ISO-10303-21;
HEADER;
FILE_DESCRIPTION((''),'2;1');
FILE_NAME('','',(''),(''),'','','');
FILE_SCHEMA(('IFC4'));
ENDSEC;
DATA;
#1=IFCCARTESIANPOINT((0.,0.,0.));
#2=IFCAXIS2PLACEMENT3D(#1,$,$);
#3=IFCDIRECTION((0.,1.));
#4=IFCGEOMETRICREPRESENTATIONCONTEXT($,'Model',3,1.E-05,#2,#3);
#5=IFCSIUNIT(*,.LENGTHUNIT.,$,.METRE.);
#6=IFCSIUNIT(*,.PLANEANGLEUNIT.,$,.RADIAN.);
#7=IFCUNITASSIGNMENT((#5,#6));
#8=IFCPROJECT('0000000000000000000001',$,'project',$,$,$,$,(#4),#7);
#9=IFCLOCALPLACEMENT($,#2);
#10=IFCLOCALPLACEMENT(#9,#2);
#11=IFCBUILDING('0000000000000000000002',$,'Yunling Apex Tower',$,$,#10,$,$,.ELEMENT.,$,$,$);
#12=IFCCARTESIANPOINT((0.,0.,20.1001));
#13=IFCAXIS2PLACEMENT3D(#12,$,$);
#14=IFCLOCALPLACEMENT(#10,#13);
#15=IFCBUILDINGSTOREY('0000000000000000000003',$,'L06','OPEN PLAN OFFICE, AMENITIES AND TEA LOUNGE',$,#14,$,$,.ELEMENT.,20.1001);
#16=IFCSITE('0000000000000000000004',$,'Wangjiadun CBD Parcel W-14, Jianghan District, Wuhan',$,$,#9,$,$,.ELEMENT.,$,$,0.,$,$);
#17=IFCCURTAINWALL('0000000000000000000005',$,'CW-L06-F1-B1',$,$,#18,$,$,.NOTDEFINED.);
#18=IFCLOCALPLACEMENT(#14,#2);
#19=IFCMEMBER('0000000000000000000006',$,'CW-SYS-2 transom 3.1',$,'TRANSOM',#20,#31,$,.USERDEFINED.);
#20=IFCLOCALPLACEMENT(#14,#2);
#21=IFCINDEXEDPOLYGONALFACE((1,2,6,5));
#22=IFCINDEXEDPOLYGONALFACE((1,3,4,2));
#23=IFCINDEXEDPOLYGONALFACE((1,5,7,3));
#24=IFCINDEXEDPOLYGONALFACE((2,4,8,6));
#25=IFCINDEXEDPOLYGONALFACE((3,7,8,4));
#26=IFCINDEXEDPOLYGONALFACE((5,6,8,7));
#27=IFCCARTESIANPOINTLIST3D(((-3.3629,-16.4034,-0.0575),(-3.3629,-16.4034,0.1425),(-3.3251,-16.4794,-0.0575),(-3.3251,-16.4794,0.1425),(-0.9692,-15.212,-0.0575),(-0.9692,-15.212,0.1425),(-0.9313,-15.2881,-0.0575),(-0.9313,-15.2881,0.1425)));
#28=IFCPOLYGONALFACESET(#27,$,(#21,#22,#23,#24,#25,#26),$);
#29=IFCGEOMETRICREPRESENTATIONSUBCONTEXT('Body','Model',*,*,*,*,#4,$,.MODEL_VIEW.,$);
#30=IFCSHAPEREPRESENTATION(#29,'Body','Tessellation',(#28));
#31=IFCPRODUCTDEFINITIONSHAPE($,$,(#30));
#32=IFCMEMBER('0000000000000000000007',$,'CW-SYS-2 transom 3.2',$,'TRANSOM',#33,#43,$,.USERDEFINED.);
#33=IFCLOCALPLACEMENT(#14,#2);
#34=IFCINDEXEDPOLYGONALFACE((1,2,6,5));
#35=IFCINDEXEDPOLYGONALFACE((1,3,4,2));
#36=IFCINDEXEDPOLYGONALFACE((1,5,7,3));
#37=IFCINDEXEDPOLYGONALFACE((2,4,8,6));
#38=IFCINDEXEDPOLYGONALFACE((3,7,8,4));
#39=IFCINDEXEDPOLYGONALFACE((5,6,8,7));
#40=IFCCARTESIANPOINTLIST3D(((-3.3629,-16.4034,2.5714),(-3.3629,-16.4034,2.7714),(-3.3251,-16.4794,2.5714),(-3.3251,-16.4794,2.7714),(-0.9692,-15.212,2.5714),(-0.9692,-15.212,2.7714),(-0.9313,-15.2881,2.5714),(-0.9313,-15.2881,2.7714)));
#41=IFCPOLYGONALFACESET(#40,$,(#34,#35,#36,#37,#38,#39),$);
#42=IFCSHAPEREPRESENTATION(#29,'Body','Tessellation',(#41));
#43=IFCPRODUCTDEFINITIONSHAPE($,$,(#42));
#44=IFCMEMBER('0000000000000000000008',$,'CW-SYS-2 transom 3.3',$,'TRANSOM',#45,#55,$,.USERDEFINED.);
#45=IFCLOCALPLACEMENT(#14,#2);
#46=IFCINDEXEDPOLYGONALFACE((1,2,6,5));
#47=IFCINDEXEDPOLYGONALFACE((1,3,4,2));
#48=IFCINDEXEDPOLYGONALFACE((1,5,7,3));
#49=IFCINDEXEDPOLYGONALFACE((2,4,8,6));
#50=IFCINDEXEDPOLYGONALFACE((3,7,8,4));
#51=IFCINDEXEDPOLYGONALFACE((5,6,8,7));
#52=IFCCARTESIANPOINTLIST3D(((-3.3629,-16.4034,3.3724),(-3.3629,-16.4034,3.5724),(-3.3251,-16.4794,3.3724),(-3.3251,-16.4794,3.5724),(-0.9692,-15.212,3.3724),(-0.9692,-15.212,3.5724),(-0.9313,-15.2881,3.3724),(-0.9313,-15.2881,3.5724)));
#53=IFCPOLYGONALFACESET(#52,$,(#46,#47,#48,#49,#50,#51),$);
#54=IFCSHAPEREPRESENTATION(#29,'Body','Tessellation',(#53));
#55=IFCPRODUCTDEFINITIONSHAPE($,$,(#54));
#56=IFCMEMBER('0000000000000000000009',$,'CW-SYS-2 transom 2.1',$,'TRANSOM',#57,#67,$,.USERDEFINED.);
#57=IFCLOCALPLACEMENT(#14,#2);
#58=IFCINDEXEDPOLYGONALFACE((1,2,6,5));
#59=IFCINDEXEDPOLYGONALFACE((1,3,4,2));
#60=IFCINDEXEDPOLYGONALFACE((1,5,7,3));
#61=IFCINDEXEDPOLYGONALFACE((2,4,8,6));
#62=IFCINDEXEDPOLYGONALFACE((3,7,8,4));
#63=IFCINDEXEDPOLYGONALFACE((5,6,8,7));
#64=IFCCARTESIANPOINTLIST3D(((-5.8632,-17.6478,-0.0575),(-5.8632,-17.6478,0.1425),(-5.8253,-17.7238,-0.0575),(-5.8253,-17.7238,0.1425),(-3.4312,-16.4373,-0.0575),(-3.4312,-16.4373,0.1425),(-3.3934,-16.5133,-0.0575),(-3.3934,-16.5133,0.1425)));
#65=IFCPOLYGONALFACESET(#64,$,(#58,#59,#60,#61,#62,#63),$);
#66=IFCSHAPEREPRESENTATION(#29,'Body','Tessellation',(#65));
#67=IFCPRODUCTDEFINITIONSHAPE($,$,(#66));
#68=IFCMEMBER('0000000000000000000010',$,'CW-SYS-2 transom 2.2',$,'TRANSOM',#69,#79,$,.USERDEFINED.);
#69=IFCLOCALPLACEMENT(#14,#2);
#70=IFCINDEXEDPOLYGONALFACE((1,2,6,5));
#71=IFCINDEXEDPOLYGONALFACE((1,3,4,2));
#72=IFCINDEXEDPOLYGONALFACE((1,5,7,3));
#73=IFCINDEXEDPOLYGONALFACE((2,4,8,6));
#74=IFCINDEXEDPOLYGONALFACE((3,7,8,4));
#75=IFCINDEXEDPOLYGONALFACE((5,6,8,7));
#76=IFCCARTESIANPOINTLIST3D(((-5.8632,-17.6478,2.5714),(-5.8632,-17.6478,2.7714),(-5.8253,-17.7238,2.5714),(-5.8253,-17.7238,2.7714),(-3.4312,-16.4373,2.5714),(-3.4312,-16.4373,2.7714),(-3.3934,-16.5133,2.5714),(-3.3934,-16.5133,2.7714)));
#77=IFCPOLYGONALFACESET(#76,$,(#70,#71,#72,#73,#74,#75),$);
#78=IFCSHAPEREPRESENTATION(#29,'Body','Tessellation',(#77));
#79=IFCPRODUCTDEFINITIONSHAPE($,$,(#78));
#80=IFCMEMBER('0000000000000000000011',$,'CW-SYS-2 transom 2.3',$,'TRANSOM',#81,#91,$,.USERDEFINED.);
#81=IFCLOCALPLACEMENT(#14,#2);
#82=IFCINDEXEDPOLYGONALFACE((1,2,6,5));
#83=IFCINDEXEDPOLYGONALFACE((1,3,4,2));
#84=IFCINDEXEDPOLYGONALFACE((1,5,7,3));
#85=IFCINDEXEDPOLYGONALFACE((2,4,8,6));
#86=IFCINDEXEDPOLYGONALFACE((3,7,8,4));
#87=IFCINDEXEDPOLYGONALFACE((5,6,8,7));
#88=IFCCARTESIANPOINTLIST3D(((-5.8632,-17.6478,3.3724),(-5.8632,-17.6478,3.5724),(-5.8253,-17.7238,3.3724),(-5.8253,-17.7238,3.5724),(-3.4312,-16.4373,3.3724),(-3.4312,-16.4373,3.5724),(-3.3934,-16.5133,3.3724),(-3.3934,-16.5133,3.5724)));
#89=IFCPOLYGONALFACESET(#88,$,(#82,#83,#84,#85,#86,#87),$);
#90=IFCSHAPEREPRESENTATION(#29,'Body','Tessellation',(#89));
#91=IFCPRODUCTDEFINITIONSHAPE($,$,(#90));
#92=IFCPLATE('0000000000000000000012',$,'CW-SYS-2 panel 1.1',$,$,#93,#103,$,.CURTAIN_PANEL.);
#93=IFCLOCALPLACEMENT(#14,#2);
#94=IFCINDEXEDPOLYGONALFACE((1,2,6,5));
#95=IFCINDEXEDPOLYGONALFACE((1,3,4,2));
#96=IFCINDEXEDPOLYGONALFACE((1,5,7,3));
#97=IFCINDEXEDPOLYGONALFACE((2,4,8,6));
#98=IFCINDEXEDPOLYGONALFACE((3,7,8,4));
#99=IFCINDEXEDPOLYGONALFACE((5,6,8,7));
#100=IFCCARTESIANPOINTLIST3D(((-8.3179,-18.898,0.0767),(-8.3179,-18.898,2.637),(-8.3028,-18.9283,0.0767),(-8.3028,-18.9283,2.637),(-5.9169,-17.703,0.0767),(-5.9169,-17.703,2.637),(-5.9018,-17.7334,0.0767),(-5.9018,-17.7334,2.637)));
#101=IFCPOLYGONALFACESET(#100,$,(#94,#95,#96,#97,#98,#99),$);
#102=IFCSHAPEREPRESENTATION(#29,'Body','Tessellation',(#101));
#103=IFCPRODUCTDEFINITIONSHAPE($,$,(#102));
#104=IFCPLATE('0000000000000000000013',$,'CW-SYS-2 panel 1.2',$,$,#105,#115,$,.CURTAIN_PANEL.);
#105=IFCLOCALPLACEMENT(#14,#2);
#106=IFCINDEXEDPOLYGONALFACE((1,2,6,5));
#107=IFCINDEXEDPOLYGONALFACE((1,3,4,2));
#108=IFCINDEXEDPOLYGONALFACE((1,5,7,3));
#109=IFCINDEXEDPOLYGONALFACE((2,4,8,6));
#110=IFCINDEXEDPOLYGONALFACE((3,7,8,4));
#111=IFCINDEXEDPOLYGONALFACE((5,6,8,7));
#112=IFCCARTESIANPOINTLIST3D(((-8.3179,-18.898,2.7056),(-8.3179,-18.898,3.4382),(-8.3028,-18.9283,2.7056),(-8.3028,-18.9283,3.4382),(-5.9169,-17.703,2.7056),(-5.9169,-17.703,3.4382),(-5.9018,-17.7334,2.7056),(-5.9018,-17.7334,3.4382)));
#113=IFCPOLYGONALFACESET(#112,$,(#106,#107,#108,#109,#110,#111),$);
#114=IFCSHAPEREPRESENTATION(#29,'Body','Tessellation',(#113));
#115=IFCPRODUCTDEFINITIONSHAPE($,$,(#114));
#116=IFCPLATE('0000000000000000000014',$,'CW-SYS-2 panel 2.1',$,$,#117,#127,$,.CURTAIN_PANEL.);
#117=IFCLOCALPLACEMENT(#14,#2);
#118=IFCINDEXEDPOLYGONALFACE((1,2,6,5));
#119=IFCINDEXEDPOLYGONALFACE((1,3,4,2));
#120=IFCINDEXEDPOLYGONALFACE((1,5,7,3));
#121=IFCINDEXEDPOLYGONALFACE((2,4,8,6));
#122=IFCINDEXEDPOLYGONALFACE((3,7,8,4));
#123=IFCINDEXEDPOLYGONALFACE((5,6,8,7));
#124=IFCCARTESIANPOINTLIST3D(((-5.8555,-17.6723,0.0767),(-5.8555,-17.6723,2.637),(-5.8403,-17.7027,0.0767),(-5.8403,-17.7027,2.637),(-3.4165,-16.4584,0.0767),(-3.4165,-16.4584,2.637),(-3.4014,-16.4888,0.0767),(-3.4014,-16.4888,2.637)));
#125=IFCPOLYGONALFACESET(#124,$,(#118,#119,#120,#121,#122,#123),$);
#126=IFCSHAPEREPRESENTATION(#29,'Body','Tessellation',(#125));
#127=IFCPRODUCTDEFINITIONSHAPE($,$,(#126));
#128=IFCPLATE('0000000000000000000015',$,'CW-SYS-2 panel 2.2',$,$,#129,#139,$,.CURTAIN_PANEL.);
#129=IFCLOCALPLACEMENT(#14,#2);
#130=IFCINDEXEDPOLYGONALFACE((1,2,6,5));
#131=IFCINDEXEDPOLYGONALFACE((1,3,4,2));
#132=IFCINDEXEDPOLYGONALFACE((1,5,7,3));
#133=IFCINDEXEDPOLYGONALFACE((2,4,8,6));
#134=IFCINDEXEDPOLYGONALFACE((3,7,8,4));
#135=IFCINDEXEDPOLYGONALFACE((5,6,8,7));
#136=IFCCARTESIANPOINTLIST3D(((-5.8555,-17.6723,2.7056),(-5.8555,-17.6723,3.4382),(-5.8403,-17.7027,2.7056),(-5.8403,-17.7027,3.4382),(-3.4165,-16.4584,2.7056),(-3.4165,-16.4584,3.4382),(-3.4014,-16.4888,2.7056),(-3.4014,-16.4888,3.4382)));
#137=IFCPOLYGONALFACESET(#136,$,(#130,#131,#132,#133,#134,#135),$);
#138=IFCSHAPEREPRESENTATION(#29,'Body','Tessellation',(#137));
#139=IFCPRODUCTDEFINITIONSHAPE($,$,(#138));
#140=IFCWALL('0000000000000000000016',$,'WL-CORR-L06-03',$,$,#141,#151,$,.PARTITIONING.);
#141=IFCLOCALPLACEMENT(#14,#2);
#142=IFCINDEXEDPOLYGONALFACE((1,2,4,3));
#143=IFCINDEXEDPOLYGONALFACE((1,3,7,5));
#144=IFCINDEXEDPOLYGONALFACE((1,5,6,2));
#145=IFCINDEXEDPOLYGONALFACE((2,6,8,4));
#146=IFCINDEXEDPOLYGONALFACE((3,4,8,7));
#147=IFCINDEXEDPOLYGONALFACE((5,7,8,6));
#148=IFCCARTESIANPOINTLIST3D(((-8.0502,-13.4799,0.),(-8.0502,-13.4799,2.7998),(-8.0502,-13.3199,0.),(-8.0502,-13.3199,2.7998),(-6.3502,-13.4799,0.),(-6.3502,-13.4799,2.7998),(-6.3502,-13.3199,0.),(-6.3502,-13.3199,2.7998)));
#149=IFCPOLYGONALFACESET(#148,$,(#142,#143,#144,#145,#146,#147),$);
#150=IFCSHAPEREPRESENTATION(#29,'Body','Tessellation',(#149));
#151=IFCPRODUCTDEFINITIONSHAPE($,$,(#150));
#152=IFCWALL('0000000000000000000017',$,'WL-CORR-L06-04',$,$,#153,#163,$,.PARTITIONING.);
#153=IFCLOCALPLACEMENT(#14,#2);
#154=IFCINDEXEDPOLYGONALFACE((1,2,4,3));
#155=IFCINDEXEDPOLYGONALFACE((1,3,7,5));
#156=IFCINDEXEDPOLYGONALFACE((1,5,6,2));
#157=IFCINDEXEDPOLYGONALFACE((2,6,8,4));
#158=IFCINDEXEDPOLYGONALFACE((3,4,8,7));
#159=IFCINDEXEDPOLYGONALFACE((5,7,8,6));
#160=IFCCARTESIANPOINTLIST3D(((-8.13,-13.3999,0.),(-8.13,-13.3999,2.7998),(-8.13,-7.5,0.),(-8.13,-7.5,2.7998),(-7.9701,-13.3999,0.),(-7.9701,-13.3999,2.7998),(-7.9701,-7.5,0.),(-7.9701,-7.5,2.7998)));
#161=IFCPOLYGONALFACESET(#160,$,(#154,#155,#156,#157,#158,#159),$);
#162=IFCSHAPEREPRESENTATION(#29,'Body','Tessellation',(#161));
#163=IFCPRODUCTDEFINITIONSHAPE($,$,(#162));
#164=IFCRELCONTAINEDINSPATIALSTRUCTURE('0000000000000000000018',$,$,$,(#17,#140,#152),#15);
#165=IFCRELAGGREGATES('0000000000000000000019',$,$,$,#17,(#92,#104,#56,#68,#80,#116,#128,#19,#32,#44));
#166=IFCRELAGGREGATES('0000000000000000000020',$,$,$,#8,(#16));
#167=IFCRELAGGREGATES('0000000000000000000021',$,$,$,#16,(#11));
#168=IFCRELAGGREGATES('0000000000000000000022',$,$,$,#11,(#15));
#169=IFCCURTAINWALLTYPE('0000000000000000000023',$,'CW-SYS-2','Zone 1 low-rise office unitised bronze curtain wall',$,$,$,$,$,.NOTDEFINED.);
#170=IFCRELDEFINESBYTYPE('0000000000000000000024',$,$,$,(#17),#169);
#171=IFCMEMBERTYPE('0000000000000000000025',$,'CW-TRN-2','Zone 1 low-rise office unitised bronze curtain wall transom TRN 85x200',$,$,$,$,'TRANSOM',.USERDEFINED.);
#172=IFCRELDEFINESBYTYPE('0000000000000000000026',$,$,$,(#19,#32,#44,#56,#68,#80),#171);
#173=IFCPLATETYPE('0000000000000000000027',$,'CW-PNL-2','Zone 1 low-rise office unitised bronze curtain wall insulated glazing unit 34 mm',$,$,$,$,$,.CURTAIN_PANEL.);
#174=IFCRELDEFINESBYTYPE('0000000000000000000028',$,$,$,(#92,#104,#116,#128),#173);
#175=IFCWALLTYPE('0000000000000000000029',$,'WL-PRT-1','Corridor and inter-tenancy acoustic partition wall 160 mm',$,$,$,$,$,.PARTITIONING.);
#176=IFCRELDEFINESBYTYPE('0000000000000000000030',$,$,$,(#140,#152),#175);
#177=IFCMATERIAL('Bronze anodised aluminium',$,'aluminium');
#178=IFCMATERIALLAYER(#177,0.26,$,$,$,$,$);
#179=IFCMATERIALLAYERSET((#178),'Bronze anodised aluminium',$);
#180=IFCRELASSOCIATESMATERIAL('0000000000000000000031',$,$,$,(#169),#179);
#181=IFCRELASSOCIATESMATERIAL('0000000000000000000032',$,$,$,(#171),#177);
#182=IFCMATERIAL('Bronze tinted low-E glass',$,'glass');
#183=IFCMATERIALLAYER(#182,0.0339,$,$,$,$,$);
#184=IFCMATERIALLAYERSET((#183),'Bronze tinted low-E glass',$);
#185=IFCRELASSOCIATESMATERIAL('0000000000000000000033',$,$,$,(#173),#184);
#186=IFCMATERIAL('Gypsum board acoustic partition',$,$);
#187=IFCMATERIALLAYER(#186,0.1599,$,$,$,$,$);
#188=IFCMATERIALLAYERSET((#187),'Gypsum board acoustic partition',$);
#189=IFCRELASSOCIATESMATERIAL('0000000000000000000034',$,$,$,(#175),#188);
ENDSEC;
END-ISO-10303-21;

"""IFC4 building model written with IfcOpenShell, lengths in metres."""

from ifc_helpers import new_model, si_unit, direction, frame, frame_2d, origin, origin_2d, place, context, subcontext, project, spatial, rectangle, extrude, source, transform, mapped, material, layer, layer_set, material_profile, profile_set, type_object, element, aggregate, save


model = new_model("IFC4")

# Units and contexts
model_context = context("Model", 3, precision=1e-05, world=origin(), true_north=direction((0.0, 1.0)))
body_context = subcontext(model_context, "Body", "Model", "MODEL_VIEW")
ifc_project = project(units=[si_unit("LENGTHUNIT", "METRE"), si_unit("PLANEANGLEUNIT", "RADIAN")], contexts=[model_context])

# Site, building, storey
site_placement = place(None, origin())
site = spatial("IfcSite", under=ifc_project, at=site_placement, Name="Wangjiadun CBD Parcel W-14, Jianghan District, Wuhan", CompositionType="ELEMENT", RefElevation=0.0)
building_placement = place(site_placement, origin())
building = spatial("IfcBuilding", under=site, at=building_placement, Name="Yunling Apex Tower", CompositionType="ELEMENT")
storey_placement = place(building_placement, frame((0.0, 0.0, 20.1001)))
storey = spatial("IfcBuildingStorey", under=building, at=storey_placement, Name="L06", Description="OPEN PLAN OFFICE, AMENITIES AND TEA LOUNGE", CompositionType="ELEMENT", Elevation=20.1001)

# Curtain wall, members, plates
ifc_material_1 = material(Name="Bronze anodised aluminium", Category="aluminium")
ifc_layer_1 = layer(ifc_material_1, 0.26)
ifc_layer_set_1 = layer_set([ifc_layer_1], Name="Bronze anodised aluminium")
curtain_wall_type = type_object("IfcCurtainWallType", Name="CW-SYS-2", Description="Zone 1 low-rise office unitised bronze curtain wall", PredefinedType="NOTDEFINED", material=ifc_layer_set_1)
curtain_wall_placement = place(storey_placement, origin())
curtain_wall = element("IfcCurtainWall", 1, at=curtain_wall_placement, inside=storey, type_object=curtain_wall_type, Name="CW-L06-F1-B1", PredefinedType="NOTDEFINED")
ifc_material_profile_1 = material_profile(ifc_material_1, rectangle(XDim=0.085, YDim=0.2, at=origin_2d()))
ifc_profile_set_1 = profile_set([ifc_material_profile_1], Name="Bronze anodised aluminium")
member_type_1 = type_object("IfcMemberType", Name="CW-TRN-2", Description="Zone 1 low-rise office unitised bronze curtain wall transom TRN 85x200", ElementType="TRANSOM", PredefinedType="USERDEFINED", material=ifc_profile_set_1)
shared_shape_1 = source(origin(), body_context, "Body", "SweptSolid", [
    extrude(rectangle(XDim=0.085, YDim=0.2, at=origin_2d()), origin(), (0.0, 0.0, 1.0), 2.6738),
])
member_1_placement = place(storey_placement, frame((-3.344, -16.4414, 0.0425), z_axis=(0.895247, 0.445569, 0.0), x_axis=(-0.445569, 0.895247, 0.0)))
member_1 = element("IfcMember", 2, at=member_1_placement, type_object=member_type_1, Name="CW-SYS-2 transom 3.1", ObjectType="TRANSOM", PredefinedType="USERDEFINED", context=body_context, shape_type="MappedRepresentation", body=[
    mapped(shared_shape_1, transform((0.0, 0.0, 0.0), scale=1.0)),
])
member_2_placement = place(storey_placement, frame((-3.344, -16.4414, 2.6714), z_axis=(0.895247, 0.445569, 0.0), x_axis=(-0.445569, 0.895247, 0.0)))
member_2 = element("IfcMember", 3, at=member_2_placement, type_object=member_type_1, Name="CW-SYS-2 transom 3.2", ObjectType="TRANSOM", PredefinedType="USERDEFINED", context=body_context, shape_type="MappedRepresentation", body=[
    mapped(shared_shape_1, transform((0.0, 0.0, 0.0), scale=1.0)),
])
member_3_placement = place(storey_placement, frame((-3.344, -16.4414, 3.4724), z_axis=(0.895247, 0.445569, 0.0), x_axis=(-0.445569, 0.895247, 0.0)))
member_3 = element("IfcMember", 4, at=member_3_placement, type_object=member_type_1, Name="CW-SYS-2 transom 3.3", ObjectType="TRANSOM", PredefinedType="USERDEFINED", context=body_context, shape_type="MappedRepresentation", body=[
    mapped(shared_shape_1, transform((0.0, 0.0, 0.0), scale=1.0)),
])
shared_shape_2 = source(origin(), body_context, "Body", "SweptSolid", [
    extrude(rectangle(XDim=0.085, YDim=0.2, at=origin_2d()), origin(), (0.0, 0.0, 1.0), 2.7166),
])
member_4_placement = place(storey_placement, frame((-5.8442, -17.6858, 0.0425), z_axis=(0.895235, 0.445595, 0.0), x_axis=(-0.445595, 0.895235, 0.0)))
member_4 = element("IfcMember", 5, at=member_4_placement, type_object=member_type_1, Name="CW-SYS-2 transom 2.1", ObjectType="TRANSOM", PredefinedType="USERDEFINED", context=body_context, shape_type="MappedRepresentation", body=[
    mapped(shared_shape_2, transform((0.0, 0.0, 0.0), scale=1.0)),
])
member_5_placement = place(storey_placement, frame((-5.8442, -17.6858, 2.6714), z_axis=(0.895235, 0.445595, 0.0), x_axis=(-0.445595, 0.895235, 0.0)))
member_5 = element("IfcMember", 6, at=member_5_placement, type_object=member_type_1, Name="CW-SYS-2 transom 2.2", ObjectType="TRANSOM", PredefinedType="USERDEFINED", context=body_context, shape_type="MappedRepresentation", body=[
    mapped(shared_shape_2, transform((0.0, 0.0, 0.0), scale=1.0)),
])
member_6_placement = place(storey_placement, frame((-5.8442, -17.6858, 3.4724), z_axis=(0.895235, 0.445595, 0.0), x_axis=(-0.445595, 0.895235, 0.0)))
member_6 = element("IfcMember", 7, at=member_6_placement, type_object=member_type_1, Name="CW-SYS-2 transom 2.3", ObjectType="TRANSOM", PredefinedType="USERDEFINED", context=body_context, shape_type="MappedRepresentation", body=[
    mapped(shared_shape_2, transform((0.0, 0.0, 0.0), scale=1.0)),
])
ifc_material_2 = material(Name="Bronze tinted low-E glass", Category="glass")
ifc_layer_2 = layer(ifc_material_2, 0.0339)
ifc_layer_set_2 = layer_set([ifc_layer_2], Name="Bronze tinted low-E glass")
plate_type = type_object("IfcPlateType", Name="CW-PNL-2", Description="Zone 1 low-rise office unitised bronze curtain wall insulated glazing unit 34 mm", PredefinedType="CURTAIN_PANEL", material=ifc_layer_set_2)
shared_shape_3 = source(origin(), body_context, "Body", "SweptSolid", [
    extrude(rectangle(XDim=2.6819, YDim=0.0339, at=origin_2d()), origin(), (0.0, 0.0, 1.0), 2.5603),
])
plate_1_placement = place(storey_placement, frame((-7.1099, -18.3157, 0.0767), z_axis=(0.0, 0.0, 1.0), x_axis=(0.895247, 0.445571, 0.0)))
plate_1 = element("IfcPlate", 8, at=plate_1_placement, type_object=plate_type, Name="CW-SYS-2 panel 1.1", PredefinedType="CURTAIN_PANEL", context=body_context, shape_type="MappedRepresentation", body=[
    mapped(shared_shape_3, transform((0.0, 0.0, 0.0), scale=1.0)),
])
shared_shape_4 = source(origin(), body_context, "Body", "SweptSolid", [
    extrude(rectangle(XDim=2.6819, YDim=0.0339, at=origin_2d()), origin(), (0.0, 0.0, 1.0), 0.7327),
])
plate_2_placement = place(storey_placement, frame((-7.1099, -18.3157, 2.7056), z_axis=(0.0, 0.0, 1.0), x_axis=(0.895247, 0.445571, 0.0)))
plate_2 = element("IfcPlate", 9, at=plate_2_placement, type_object=plate_type, Name="CW-SYS-2 panel 1.2", PredefinedType="CURTAIN_PANEL", context=body_context, shape_type="MappedRepresentation", body=[
    mapped(shared_shape_4, transform((0.0, 0.0, 0.0), scale=1.0)),
])
shared_shape_5 = source(origin(), body_context, "Body", "SweptSolid", [
    extrude(rectangle(XDim=2.7244, YDim=0.0339, at=origin_2d()), origin(), (0.0, 0.0, 1.0), 2.5603),
])
plate_3_placement = place(storey_placement, frame((-4.6284, -17.0806, 0.0767), z_axis=(0.0, 0.0, 1.0), x_axis=(0.895247, 0.445571, 0.0)))
plate_3 = element("IfcPlate", 10, at=plate_3_placement, type_object=plate_type, Name="CW-SYS-2 panel 2.1", PredefinedType="CURTAIN_PANEL", context=body_context, shape_type="MappedRepresentation", body=[
    mapped(shared_shape_5, transform((0.0, 0.0, 0.0), scale=1.0)),
])
shared_shape_6 = source(origin(), body_context, "Body", "SweptSolid", [
    extrude(rectangle(XDim=2.7244, YDim=0.0339, at=origin_2d()), origin(), (0.0, 0.0, 1.0), 0.7327),
])
plate_4_placement = place(storey_placement, frame((-4.6284, -17.0806, 2.7056), z_axis=(0.0, 0.0, 1.0), x_axis=(0.895247, 0.445571, 0.0)))
plate_4 = element("IfcPlate", 11, at=plate_4_placement, type_object=plate_type, Name="CW-SYS-2 panel 2.2", PredefinedType="CURTAIN_PANEL", context=body_context, shape_type="MappedRepresentation", body=[
    mapped(shared_shape_6, transform((0.0, 0.0, 0.0), scale=1.0)),
])
aggregate(curtain_wall, [plate_1, plate_2, member_4, member_5, member_6, plate_3, plate_4, member_1, member_2, member_3])

# Walls
ifc_material_3 = material(Name="Gypsum board acoustic partition")
ifc_layer_3 = layer(ifc_material_3, 0.1599)
ifc_layer_set_3 = layer_set([ifc_layer_3], Name="Gypsum board acoustic partition")
wall_type = type_object("IfcWallType", Name="WL-PRT-1", Description="Corridor and inter-tenancy acoustic partition wall 160 mm", PredefinedType="PARTITIONING", material=ifc_layer_set_3)
wall_1_placement = place(storey_placement, frame((-6.3501, -13.3999, 0.0), z_axis=(0.0, 0.0, 1.0), x_axis=(-1.0, 0.0, 0.0)))
element("IfcWall", 12, at=wall_1_placement, inside=storey, type_object=wall_type, Name="WL-CORR-L06-03", PredefinedType="PARTITIONING", context=body_context, shape_type="SweptSolid", body=[
    extrude(rectangle(XDim=1.7, YDim=0.1599, at=frame_2d((0.8501, 0.0))), origin(), (0.0, 0.0, 1.0), 2.7998),
])
wall_2_placement = place(storey_placement, frame((-8.05, -13.3999, 0.0), z_axis=(0.0, 0.0, 1.0), x_axis=(0.0, 1.0, 0.0)))
element("IfcWall", 13, at=wall_2_placement, inside=storey, type_object=wall_type, Name="WL-CORR-L06-04", PredefinedType="PARTITIONING", context=body_context, shape_type="SweptSolid", body=[
    extrude(rectangle(XDim=5.8999, YDim=0.1599, at=frame_2d((2.95, 0.0))), origin(), (0.0, 0.0, 1.0), 2.7998),
])

save(model, "model.ifc")
